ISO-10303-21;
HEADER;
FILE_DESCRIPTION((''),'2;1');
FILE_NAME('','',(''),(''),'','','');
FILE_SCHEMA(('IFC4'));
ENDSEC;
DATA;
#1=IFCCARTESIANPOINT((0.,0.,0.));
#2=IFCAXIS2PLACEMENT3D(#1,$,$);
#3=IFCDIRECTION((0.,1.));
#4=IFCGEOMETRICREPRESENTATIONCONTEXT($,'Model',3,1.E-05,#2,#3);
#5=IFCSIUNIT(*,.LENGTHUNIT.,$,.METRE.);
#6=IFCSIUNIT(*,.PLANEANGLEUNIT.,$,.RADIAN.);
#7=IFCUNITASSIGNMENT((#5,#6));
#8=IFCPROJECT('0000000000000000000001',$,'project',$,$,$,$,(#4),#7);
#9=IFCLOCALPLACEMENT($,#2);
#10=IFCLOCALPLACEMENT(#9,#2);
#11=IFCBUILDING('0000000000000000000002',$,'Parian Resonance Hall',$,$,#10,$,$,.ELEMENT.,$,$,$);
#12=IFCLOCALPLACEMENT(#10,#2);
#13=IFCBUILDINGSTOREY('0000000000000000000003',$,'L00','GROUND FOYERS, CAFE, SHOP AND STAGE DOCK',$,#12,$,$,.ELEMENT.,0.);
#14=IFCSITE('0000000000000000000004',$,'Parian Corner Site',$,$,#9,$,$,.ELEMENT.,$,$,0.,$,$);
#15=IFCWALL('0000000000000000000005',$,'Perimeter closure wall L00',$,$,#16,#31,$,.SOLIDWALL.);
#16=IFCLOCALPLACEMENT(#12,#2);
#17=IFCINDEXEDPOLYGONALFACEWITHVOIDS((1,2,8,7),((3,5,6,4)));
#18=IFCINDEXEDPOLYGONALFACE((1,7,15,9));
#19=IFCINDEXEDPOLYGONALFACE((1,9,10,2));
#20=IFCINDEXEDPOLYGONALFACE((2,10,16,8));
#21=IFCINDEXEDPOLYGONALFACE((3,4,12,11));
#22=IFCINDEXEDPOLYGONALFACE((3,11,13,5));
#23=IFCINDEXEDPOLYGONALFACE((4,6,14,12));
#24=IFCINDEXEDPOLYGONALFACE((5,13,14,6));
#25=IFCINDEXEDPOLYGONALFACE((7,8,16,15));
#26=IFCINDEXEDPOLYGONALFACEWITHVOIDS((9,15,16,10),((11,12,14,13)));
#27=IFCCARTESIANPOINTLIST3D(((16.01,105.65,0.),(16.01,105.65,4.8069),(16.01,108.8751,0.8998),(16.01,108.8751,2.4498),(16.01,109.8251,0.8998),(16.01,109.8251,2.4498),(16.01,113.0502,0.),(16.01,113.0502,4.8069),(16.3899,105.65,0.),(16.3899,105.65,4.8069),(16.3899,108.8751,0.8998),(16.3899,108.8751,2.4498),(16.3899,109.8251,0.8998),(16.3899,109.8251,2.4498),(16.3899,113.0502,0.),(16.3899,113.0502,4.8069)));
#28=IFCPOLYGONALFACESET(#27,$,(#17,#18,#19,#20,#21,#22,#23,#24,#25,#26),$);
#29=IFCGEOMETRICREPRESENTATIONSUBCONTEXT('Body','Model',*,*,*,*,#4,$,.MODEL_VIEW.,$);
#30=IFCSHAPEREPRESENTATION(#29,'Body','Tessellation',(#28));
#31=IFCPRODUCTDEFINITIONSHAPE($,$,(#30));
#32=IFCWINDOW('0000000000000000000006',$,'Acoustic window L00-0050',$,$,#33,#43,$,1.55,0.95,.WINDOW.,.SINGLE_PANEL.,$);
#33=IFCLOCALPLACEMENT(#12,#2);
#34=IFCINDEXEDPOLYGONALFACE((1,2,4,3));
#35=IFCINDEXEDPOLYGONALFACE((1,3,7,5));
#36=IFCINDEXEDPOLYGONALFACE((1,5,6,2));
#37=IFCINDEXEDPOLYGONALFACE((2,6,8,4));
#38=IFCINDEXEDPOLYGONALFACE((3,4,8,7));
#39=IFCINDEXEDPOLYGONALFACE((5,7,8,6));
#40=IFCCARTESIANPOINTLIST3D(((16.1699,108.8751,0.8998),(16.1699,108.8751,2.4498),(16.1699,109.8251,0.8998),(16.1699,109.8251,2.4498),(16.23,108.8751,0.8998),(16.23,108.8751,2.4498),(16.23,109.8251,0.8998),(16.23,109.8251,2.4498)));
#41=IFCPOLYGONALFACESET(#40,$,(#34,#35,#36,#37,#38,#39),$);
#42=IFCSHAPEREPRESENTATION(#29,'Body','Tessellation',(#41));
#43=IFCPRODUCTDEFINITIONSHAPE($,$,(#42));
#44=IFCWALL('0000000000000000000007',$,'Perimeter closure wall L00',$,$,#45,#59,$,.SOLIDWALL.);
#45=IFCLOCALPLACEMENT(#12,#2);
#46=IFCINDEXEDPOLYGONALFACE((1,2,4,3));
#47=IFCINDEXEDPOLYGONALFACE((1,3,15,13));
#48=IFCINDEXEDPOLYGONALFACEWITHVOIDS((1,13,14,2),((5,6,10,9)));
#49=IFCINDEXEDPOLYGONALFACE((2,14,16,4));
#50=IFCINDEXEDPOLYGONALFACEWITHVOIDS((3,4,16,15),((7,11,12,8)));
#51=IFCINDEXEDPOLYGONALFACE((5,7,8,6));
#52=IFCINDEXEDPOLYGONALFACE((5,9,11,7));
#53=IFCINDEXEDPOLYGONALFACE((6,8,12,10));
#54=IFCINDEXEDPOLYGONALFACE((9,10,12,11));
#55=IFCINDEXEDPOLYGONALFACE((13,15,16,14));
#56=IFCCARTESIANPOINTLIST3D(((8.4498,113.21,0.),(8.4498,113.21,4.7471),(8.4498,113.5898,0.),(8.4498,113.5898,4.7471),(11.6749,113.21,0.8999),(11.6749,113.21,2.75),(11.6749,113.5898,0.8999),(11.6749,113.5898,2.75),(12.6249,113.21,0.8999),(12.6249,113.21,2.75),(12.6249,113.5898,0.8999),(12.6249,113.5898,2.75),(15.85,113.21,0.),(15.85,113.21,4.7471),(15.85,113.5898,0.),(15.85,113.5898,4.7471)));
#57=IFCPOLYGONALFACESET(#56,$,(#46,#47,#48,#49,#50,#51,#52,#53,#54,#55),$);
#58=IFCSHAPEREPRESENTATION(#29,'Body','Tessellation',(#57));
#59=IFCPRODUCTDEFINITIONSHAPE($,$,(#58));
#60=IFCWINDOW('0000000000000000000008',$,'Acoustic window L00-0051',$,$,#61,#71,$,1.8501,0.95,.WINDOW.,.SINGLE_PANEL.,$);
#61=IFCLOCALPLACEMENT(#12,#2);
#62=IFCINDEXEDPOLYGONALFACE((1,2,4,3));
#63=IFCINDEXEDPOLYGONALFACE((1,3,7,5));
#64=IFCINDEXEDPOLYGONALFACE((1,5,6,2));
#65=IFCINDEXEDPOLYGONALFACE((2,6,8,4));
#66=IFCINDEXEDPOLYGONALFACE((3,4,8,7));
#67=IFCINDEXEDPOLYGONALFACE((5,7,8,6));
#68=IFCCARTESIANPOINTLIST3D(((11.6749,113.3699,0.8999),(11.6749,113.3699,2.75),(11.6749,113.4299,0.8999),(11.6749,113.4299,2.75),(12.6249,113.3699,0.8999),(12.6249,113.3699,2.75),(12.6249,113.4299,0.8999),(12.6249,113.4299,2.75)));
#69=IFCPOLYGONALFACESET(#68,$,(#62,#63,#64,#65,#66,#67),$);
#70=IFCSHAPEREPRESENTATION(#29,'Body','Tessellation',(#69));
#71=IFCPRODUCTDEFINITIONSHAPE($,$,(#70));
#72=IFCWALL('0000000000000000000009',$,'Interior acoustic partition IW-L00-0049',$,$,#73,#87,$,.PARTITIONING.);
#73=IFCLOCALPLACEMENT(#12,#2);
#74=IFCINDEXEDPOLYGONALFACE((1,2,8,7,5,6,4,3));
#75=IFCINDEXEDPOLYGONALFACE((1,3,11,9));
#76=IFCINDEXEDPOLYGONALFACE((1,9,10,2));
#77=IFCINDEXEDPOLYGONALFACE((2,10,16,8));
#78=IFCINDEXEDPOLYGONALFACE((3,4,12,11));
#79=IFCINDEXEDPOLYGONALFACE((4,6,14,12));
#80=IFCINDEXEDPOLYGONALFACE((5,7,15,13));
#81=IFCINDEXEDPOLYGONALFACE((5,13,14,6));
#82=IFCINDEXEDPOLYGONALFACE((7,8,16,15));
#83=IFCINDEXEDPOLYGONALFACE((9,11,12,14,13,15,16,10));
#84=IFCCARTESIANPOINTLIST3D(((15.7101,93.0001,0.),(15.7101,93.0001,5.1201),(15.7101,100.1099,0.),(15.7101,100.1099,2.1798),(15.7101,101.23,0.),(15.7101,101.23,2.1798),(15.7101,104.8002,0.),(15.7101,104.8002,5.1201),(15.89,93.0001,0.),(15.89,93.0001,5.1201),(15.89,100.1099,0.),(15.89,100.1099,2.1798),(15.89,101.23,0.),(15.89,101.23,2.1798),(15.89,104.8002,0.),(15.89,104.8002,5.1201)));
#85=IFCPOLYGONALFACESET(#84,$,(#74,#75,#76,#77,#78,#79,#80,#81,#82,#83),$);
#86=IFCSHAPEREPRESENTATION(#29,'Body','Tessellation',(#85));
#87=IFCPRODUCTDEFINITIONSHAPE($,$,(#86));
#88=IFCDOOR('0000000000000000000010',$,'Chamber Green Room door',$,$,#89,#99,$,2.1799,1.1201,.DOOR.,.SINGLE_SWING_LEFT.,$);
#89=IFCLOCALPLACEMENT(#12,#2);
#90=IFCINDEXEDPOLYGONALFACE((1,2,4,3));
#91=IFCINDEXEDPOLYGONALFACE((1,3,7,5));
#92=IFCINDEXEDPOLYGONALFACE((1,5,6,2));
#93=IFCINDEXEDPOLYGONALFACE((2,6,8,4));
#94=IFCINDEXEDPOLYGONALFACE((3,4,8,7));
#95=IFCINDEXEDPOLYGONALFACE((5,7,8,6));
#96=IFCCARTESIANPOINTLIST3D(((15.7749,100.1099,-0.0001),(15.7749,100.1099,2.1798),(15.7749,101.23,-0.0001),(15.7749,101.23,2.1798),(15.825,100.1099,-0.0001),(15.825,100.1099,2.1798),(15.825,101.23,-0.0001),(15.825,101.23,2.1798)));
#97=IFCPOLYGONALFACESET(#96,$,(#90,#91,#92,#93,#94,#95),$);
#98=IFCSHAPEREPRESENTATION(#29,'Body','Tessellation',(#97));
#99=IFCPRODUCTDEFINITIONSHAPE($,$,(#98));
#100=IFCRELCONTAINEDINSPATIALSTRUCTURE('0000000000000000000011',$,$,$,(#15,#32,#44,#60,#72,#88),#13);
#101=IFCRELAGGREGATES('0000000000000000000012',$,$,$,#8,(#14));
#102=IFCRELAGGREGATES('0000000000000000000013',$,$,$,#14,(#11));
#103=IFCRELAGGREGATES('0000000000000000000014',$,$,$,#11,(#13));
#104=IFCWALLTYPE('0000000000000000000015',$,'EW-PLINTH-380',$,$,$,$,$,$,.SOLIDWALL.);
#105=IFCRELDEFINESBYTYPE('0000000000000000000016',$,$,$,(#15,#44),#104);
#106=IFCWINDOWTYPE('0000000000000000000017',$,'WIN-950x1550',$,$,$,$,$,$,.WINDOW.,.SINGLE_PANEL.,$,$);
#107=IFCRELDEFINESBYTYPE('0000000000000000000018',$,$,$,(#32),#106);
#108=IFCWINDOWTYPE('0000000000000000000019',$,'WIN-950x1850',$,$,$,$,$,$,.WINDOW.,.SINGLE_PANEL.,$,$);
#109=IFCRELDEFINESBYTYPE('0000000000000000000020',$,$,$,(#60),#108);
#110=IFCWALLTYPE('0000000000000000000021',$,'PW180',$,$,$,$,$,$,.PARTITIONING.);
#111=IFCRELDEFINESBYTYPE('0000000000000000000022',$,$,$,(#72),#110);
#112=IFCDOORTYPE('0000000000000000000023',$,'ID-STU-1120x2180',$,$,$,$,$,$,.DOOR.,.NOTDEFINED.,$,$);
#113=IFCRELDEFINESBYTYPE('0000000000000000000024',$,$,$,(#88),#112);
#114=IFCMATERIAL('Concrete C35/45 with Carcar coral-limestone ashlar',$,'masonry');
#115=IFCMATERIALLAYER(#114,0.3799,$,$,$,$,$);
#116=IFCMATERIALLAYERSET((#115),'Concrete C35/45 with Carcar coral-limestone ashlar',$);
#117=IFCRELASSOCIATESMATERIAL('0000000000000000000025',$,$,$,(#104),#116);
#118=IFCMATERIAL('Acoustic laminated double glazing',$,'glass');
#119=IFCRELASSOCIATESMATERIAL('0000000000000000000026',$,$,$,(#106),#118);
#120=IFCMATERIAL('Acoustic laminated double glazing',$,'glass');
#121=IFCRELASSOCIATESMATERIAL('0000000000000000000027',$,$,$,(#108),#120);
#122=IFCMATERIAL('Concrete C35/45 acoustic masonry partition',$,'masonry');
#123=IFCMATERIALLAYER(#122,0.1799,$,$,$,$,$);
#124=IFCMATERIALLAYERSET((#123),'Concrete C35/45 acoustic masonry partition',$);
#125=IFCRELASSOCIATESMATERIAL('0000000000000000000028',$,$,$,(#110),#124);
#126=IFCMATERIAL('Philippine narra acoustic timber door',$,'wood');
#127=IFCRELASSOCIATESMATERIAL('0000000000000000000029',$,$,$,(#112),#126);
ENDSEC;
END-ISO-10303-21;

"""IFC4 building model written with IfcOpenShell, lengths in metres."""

from ifc_helpers import new_model, si_unit, direction, frame, frame_2d, origin, place, context, subcontext, project, spatial, rectangle, extrude, material, layer, layer_set, type_object, element, fill, save


model = new_model("IFC4")

# Units and contexts
model_context = context("Model", 3, precision=1e-05, world=origin(), true_north=direction((0.0, 1.0)))
body_context = subcontext(model_context, "Body", "Model", "MODEL_VIEW")
ifc_project = project(units=[si_unit("LENGTHUNIT", "METRE"), si_unit("PLANEANGLEUNIT", "RADIAN")], contexts=[model_context])

# Site, building, storey
site_placement = place(None, origin())
site = spatial("IfcSite", under=ifc_project, at=site_placement, Name="Parian Corner Site", CompositionType="ELEMENT", RefElevation=0.0)
building_placement = place(site_placement, origin())
building = spatial("IfcBuilding", under=site, at=building_placement, Name="Parian Resonance Hall", CompositionType="ELEMENT")
storey_placement = place(building_placement, origin())
storey = spatial("IfcBuildingStorey", under=building, at=storey_placement, Name="L00", Description="GROUND FOYERS, CAFE, SHOP AND STAGE DOCK", CompositionType="ELEMENT", Elevation=0.0)

# Walls, openings, windows
ifc_material_1 = material(Name="Concrete C35/45 with Carcar coral-limestone ashlar", Category="masonry")
ifc_layer_1 = layer(ifc_material_1, 0.3799)
ifc_layer_set_1 = layer_set([ifc_layer_1], Name="Concrete C35/45 with Carcar coral-limestone ashlar")
wall_type_1 = type_object("IfcWallType", Name="EW-PLINTH-380", PredefinedType="SOLIDWALL", material=ifc_layer_set_1)
wall_1_placement = place(storey_placement, frame((16.2, 105.6499, 0.0), z_axis=(0.0, 0.0, 1.0), x_axis=(0.0, 1.0, 0.0)))
wall_1 = element("IfcWall", 1, at=wall_1_placement, inside=storey, type_object=wall_type_1, Name="Perimeter closure wall L00", PredefinedType="SOLIDWALL", context=body_context, shape_type="SweptSolid", body=[
    extrude(rectangle(XDim=7.4001, YDim=0.3799, at=frame_2d((3.7002, 0.0))), origin(), (0.0, 0.0, 1.0), 4.8069),
])
opening_1_placement = place(wall_1_placement, frame((3.2251, 0.0, 0.8999)))
opening_1 = element("IfcOpeningElement", 2, at=opening_1_placement, cuts=wall_1, PredefinedType="OPENING", context=body_context, shape_type="SweptSolid", body=[
    extrude(rectangle(XDim=0.95, YDim=1.55, at=frame_2d((0.4751, 0.7749))), frame((0.0, 0.2, 0.0), z_axis=(0.0, -1.0, 0.0), x_axis=(1.0, 0.0, 0.0)), (0.0, 0.0, 1.0), 0.3999),
])
ifc_material_2 = material(Name="Acoustic laminated double glazing", Category="glass")
window_type_1 = type_object("IfcWindowType", Name="WIN-950x1550", PartitioningType="SINGLE_PANEL", PredefinedType="WINDOW", material=ifc_material_2)
window_1_placement = place(opening_1_placement, origin())
window_1 = element("IfcWindow", 3, at=window_1_placement, inside=storey, type_object=window_type_1, Name="Acoustic window L00-0050", OverallHeight=1.55, OverallWidth=0.95, PartitioningType="SINGLE_PANEL", PredefinedType="WINDOW", context=body_context, shape_type="SweptSolid", body=[
    extrude(rectangle(XDim=0.95, YDim=1.55, at=frame_2d((0.4751, 0.7749))), frame((0.0, 0.03, 0.0), z_axis=(0.0, -1.0, 0.0), x_axis=(1.0, 0.0, 0.0)), (0.0, 0.0, 1.0), 0.0601),
])
fill(opening_1, window_1)
wall_2_placement = place(storey_placement, frame((15.8501, 113.3999, 0.0), z_axis=(0.0, 0.0, 1.0), x_axis=(-1.0, 0.0, 0.0)))
wall_2 = element("IfcWall", 4, at=wall_2_placement, inside=storey, type_object=wall_type_1, Name="Perimeter closure wall L00", PredefinedType="SOLIDWALL", context=body_context, shape_type="SweptSolid", body=[
    extrude(rectangle(XDim=7.4001, YDim=0.3799, at=frame_2d((3.7002, 0.0))), origin(), (0.0, 0.0, 1.0), 4.7471),
])
opening_2_placement = place(wall_2_placement, frame((3.2251, 0.0, 0.8999)))
opening_2 = element("IfcOpeningElement", 5, at=opening_2_placement, cuts=wall_2, PredefinedType="OPENING", context=body_context, shape_type="SweptSolid", body=[
    extrude(rectangle(XDim=0.95, YDim=1.8501, at=frame_2d((0.4751, 0.925))), frame((0.0, 0.2, 0.0), z_axis=(0.0, -1.0, 0.0), x_axis=(1.0, 0.0, 0.0)), (0.0, 0.0, 1.0), 0.3999),
])
ifc_material_3 = material(Name="Acoustic laminated double glazing", Category="glass")
window_type_2 = type_object("IfcWindowType", Name="WIN-950x1850", PartitioningType="SINGLE_PANEL", PredefinedType="WINDOW", material=ifc_material_3)
window_2_placement = place(opening_2_placement, origin())
window_2 = element("IfcWindow", 6, at=window_2_placement, inside=storey, type_object=window_type_2, Name="Acoustic window L00-0051", OverallHeight=1.8501, OverallWidth=0.95, PartitioningType="SINGLE_PANEL", PredefinedType="WINDOW", context=body_context, shape_type="SweptSolid", body=[
    extrude(rectangle(XDim=0.95, YDim=1.8501, at=frame_2d((0.4751, 0.925))), frame((0.0, 0.03, 0.0), z_axis=(0.0, -1.0, 0.0), x_axis=(1.0, 0.0, 0.0)), (0.0, 0.0, 1.0), 0.0601),
])
fill(opening_2, window_2)

# Wall, opening, door
ifc_material_4 = material(Name="Concrete C35/45 acoustic masonry partition", Category="masonry")
ifc_layer_2 = layer(ifc_material_4, 0.1799)
ifc_layer_set_2 = layer_set([ifc_layer_2], Name="Concrete C35/45 acoustic masonry partition")
wall_type_2 = type_object("IfcWallType", Name="PW180", PredefinedType="PARTITIONING", material=ifc_layer_set_2)
wall_3_placement = place(storey_placement, frame((15.8, 104.8, 0.0), z_axis=(0.0, 0.0, 1.0), x_axis=(0.0, -1.0, 0.0)))
wall_3 = element("IfcWall", 7, at=wall_3_placement, inside=storey, type_object=wall_type_2, Name="Interior acoustic partition IW-L00-0049", PredefinedType="PARTITIONING", context=body_context, shape_type="SweptSolid", body=[
    extrude(rectangle(XDim=11.8, YDim=0.1799, at=frame_2d((5.8999, 0.0))), origin(), (0.0, 0.0, 1.0), 5.1201),
])
opening_3_placement = place(wall_3_placement, frame((3.5701, 0.0, 0.0)))
opening_3 = element("IfcOpeningElement", 8, at=opening_3_placement, cuts=wall_3, PredefinedType="OPENING", context=body_context, shape_type="SweptSolid", body=[
    extrude(rectangle(XDim=1.1201, YDim=2.1799, at=frame_2d((0.5601, 1.0898))), frame((0.0, 0.0999, 0.0), z_axis=(0.0, -1.0, 0.0), x_axis=(1.0, 0.0, 0.0)), (0.0, 0.0, 1.0), 0.2),
])
ifc_material_5 = material(Name="Philippine narra acoustic timber door", Category="wood")
door_type = type_object("IfcDoorType", Name="ID-STU-1120x2180", OperationType="NOTDEFINED", PredefinedType="DOOR", material=ifc_material_5)
door_placement = place(opening_3_placement, origin())
door = element("IfcDoor", 9, at=door_placement, inside=storey, type_object=door_type, Name="Chamber Green Room door", OperationType="SINGLE_SWING_LEFT", OverallHeight=2.1799, OverallWidth=1.1201, PredefinedType="DOOR", context=body_context, shape_type="SweptSolid", body=[
    extrude(rectangle(XDim=1.1201, YDim=2.1799, at=frame_2d((0.5601, 1.0898))), frame((0.0, 0.0249, 0.0), z_axis=(0.0, -1.0, 0.0), x_axis=(1.0, 0.0, 0.0)), (0.0, 0.0, 1.0), 0.05),
])
fill(opening_3, door)

save(model, "model.ifc")
